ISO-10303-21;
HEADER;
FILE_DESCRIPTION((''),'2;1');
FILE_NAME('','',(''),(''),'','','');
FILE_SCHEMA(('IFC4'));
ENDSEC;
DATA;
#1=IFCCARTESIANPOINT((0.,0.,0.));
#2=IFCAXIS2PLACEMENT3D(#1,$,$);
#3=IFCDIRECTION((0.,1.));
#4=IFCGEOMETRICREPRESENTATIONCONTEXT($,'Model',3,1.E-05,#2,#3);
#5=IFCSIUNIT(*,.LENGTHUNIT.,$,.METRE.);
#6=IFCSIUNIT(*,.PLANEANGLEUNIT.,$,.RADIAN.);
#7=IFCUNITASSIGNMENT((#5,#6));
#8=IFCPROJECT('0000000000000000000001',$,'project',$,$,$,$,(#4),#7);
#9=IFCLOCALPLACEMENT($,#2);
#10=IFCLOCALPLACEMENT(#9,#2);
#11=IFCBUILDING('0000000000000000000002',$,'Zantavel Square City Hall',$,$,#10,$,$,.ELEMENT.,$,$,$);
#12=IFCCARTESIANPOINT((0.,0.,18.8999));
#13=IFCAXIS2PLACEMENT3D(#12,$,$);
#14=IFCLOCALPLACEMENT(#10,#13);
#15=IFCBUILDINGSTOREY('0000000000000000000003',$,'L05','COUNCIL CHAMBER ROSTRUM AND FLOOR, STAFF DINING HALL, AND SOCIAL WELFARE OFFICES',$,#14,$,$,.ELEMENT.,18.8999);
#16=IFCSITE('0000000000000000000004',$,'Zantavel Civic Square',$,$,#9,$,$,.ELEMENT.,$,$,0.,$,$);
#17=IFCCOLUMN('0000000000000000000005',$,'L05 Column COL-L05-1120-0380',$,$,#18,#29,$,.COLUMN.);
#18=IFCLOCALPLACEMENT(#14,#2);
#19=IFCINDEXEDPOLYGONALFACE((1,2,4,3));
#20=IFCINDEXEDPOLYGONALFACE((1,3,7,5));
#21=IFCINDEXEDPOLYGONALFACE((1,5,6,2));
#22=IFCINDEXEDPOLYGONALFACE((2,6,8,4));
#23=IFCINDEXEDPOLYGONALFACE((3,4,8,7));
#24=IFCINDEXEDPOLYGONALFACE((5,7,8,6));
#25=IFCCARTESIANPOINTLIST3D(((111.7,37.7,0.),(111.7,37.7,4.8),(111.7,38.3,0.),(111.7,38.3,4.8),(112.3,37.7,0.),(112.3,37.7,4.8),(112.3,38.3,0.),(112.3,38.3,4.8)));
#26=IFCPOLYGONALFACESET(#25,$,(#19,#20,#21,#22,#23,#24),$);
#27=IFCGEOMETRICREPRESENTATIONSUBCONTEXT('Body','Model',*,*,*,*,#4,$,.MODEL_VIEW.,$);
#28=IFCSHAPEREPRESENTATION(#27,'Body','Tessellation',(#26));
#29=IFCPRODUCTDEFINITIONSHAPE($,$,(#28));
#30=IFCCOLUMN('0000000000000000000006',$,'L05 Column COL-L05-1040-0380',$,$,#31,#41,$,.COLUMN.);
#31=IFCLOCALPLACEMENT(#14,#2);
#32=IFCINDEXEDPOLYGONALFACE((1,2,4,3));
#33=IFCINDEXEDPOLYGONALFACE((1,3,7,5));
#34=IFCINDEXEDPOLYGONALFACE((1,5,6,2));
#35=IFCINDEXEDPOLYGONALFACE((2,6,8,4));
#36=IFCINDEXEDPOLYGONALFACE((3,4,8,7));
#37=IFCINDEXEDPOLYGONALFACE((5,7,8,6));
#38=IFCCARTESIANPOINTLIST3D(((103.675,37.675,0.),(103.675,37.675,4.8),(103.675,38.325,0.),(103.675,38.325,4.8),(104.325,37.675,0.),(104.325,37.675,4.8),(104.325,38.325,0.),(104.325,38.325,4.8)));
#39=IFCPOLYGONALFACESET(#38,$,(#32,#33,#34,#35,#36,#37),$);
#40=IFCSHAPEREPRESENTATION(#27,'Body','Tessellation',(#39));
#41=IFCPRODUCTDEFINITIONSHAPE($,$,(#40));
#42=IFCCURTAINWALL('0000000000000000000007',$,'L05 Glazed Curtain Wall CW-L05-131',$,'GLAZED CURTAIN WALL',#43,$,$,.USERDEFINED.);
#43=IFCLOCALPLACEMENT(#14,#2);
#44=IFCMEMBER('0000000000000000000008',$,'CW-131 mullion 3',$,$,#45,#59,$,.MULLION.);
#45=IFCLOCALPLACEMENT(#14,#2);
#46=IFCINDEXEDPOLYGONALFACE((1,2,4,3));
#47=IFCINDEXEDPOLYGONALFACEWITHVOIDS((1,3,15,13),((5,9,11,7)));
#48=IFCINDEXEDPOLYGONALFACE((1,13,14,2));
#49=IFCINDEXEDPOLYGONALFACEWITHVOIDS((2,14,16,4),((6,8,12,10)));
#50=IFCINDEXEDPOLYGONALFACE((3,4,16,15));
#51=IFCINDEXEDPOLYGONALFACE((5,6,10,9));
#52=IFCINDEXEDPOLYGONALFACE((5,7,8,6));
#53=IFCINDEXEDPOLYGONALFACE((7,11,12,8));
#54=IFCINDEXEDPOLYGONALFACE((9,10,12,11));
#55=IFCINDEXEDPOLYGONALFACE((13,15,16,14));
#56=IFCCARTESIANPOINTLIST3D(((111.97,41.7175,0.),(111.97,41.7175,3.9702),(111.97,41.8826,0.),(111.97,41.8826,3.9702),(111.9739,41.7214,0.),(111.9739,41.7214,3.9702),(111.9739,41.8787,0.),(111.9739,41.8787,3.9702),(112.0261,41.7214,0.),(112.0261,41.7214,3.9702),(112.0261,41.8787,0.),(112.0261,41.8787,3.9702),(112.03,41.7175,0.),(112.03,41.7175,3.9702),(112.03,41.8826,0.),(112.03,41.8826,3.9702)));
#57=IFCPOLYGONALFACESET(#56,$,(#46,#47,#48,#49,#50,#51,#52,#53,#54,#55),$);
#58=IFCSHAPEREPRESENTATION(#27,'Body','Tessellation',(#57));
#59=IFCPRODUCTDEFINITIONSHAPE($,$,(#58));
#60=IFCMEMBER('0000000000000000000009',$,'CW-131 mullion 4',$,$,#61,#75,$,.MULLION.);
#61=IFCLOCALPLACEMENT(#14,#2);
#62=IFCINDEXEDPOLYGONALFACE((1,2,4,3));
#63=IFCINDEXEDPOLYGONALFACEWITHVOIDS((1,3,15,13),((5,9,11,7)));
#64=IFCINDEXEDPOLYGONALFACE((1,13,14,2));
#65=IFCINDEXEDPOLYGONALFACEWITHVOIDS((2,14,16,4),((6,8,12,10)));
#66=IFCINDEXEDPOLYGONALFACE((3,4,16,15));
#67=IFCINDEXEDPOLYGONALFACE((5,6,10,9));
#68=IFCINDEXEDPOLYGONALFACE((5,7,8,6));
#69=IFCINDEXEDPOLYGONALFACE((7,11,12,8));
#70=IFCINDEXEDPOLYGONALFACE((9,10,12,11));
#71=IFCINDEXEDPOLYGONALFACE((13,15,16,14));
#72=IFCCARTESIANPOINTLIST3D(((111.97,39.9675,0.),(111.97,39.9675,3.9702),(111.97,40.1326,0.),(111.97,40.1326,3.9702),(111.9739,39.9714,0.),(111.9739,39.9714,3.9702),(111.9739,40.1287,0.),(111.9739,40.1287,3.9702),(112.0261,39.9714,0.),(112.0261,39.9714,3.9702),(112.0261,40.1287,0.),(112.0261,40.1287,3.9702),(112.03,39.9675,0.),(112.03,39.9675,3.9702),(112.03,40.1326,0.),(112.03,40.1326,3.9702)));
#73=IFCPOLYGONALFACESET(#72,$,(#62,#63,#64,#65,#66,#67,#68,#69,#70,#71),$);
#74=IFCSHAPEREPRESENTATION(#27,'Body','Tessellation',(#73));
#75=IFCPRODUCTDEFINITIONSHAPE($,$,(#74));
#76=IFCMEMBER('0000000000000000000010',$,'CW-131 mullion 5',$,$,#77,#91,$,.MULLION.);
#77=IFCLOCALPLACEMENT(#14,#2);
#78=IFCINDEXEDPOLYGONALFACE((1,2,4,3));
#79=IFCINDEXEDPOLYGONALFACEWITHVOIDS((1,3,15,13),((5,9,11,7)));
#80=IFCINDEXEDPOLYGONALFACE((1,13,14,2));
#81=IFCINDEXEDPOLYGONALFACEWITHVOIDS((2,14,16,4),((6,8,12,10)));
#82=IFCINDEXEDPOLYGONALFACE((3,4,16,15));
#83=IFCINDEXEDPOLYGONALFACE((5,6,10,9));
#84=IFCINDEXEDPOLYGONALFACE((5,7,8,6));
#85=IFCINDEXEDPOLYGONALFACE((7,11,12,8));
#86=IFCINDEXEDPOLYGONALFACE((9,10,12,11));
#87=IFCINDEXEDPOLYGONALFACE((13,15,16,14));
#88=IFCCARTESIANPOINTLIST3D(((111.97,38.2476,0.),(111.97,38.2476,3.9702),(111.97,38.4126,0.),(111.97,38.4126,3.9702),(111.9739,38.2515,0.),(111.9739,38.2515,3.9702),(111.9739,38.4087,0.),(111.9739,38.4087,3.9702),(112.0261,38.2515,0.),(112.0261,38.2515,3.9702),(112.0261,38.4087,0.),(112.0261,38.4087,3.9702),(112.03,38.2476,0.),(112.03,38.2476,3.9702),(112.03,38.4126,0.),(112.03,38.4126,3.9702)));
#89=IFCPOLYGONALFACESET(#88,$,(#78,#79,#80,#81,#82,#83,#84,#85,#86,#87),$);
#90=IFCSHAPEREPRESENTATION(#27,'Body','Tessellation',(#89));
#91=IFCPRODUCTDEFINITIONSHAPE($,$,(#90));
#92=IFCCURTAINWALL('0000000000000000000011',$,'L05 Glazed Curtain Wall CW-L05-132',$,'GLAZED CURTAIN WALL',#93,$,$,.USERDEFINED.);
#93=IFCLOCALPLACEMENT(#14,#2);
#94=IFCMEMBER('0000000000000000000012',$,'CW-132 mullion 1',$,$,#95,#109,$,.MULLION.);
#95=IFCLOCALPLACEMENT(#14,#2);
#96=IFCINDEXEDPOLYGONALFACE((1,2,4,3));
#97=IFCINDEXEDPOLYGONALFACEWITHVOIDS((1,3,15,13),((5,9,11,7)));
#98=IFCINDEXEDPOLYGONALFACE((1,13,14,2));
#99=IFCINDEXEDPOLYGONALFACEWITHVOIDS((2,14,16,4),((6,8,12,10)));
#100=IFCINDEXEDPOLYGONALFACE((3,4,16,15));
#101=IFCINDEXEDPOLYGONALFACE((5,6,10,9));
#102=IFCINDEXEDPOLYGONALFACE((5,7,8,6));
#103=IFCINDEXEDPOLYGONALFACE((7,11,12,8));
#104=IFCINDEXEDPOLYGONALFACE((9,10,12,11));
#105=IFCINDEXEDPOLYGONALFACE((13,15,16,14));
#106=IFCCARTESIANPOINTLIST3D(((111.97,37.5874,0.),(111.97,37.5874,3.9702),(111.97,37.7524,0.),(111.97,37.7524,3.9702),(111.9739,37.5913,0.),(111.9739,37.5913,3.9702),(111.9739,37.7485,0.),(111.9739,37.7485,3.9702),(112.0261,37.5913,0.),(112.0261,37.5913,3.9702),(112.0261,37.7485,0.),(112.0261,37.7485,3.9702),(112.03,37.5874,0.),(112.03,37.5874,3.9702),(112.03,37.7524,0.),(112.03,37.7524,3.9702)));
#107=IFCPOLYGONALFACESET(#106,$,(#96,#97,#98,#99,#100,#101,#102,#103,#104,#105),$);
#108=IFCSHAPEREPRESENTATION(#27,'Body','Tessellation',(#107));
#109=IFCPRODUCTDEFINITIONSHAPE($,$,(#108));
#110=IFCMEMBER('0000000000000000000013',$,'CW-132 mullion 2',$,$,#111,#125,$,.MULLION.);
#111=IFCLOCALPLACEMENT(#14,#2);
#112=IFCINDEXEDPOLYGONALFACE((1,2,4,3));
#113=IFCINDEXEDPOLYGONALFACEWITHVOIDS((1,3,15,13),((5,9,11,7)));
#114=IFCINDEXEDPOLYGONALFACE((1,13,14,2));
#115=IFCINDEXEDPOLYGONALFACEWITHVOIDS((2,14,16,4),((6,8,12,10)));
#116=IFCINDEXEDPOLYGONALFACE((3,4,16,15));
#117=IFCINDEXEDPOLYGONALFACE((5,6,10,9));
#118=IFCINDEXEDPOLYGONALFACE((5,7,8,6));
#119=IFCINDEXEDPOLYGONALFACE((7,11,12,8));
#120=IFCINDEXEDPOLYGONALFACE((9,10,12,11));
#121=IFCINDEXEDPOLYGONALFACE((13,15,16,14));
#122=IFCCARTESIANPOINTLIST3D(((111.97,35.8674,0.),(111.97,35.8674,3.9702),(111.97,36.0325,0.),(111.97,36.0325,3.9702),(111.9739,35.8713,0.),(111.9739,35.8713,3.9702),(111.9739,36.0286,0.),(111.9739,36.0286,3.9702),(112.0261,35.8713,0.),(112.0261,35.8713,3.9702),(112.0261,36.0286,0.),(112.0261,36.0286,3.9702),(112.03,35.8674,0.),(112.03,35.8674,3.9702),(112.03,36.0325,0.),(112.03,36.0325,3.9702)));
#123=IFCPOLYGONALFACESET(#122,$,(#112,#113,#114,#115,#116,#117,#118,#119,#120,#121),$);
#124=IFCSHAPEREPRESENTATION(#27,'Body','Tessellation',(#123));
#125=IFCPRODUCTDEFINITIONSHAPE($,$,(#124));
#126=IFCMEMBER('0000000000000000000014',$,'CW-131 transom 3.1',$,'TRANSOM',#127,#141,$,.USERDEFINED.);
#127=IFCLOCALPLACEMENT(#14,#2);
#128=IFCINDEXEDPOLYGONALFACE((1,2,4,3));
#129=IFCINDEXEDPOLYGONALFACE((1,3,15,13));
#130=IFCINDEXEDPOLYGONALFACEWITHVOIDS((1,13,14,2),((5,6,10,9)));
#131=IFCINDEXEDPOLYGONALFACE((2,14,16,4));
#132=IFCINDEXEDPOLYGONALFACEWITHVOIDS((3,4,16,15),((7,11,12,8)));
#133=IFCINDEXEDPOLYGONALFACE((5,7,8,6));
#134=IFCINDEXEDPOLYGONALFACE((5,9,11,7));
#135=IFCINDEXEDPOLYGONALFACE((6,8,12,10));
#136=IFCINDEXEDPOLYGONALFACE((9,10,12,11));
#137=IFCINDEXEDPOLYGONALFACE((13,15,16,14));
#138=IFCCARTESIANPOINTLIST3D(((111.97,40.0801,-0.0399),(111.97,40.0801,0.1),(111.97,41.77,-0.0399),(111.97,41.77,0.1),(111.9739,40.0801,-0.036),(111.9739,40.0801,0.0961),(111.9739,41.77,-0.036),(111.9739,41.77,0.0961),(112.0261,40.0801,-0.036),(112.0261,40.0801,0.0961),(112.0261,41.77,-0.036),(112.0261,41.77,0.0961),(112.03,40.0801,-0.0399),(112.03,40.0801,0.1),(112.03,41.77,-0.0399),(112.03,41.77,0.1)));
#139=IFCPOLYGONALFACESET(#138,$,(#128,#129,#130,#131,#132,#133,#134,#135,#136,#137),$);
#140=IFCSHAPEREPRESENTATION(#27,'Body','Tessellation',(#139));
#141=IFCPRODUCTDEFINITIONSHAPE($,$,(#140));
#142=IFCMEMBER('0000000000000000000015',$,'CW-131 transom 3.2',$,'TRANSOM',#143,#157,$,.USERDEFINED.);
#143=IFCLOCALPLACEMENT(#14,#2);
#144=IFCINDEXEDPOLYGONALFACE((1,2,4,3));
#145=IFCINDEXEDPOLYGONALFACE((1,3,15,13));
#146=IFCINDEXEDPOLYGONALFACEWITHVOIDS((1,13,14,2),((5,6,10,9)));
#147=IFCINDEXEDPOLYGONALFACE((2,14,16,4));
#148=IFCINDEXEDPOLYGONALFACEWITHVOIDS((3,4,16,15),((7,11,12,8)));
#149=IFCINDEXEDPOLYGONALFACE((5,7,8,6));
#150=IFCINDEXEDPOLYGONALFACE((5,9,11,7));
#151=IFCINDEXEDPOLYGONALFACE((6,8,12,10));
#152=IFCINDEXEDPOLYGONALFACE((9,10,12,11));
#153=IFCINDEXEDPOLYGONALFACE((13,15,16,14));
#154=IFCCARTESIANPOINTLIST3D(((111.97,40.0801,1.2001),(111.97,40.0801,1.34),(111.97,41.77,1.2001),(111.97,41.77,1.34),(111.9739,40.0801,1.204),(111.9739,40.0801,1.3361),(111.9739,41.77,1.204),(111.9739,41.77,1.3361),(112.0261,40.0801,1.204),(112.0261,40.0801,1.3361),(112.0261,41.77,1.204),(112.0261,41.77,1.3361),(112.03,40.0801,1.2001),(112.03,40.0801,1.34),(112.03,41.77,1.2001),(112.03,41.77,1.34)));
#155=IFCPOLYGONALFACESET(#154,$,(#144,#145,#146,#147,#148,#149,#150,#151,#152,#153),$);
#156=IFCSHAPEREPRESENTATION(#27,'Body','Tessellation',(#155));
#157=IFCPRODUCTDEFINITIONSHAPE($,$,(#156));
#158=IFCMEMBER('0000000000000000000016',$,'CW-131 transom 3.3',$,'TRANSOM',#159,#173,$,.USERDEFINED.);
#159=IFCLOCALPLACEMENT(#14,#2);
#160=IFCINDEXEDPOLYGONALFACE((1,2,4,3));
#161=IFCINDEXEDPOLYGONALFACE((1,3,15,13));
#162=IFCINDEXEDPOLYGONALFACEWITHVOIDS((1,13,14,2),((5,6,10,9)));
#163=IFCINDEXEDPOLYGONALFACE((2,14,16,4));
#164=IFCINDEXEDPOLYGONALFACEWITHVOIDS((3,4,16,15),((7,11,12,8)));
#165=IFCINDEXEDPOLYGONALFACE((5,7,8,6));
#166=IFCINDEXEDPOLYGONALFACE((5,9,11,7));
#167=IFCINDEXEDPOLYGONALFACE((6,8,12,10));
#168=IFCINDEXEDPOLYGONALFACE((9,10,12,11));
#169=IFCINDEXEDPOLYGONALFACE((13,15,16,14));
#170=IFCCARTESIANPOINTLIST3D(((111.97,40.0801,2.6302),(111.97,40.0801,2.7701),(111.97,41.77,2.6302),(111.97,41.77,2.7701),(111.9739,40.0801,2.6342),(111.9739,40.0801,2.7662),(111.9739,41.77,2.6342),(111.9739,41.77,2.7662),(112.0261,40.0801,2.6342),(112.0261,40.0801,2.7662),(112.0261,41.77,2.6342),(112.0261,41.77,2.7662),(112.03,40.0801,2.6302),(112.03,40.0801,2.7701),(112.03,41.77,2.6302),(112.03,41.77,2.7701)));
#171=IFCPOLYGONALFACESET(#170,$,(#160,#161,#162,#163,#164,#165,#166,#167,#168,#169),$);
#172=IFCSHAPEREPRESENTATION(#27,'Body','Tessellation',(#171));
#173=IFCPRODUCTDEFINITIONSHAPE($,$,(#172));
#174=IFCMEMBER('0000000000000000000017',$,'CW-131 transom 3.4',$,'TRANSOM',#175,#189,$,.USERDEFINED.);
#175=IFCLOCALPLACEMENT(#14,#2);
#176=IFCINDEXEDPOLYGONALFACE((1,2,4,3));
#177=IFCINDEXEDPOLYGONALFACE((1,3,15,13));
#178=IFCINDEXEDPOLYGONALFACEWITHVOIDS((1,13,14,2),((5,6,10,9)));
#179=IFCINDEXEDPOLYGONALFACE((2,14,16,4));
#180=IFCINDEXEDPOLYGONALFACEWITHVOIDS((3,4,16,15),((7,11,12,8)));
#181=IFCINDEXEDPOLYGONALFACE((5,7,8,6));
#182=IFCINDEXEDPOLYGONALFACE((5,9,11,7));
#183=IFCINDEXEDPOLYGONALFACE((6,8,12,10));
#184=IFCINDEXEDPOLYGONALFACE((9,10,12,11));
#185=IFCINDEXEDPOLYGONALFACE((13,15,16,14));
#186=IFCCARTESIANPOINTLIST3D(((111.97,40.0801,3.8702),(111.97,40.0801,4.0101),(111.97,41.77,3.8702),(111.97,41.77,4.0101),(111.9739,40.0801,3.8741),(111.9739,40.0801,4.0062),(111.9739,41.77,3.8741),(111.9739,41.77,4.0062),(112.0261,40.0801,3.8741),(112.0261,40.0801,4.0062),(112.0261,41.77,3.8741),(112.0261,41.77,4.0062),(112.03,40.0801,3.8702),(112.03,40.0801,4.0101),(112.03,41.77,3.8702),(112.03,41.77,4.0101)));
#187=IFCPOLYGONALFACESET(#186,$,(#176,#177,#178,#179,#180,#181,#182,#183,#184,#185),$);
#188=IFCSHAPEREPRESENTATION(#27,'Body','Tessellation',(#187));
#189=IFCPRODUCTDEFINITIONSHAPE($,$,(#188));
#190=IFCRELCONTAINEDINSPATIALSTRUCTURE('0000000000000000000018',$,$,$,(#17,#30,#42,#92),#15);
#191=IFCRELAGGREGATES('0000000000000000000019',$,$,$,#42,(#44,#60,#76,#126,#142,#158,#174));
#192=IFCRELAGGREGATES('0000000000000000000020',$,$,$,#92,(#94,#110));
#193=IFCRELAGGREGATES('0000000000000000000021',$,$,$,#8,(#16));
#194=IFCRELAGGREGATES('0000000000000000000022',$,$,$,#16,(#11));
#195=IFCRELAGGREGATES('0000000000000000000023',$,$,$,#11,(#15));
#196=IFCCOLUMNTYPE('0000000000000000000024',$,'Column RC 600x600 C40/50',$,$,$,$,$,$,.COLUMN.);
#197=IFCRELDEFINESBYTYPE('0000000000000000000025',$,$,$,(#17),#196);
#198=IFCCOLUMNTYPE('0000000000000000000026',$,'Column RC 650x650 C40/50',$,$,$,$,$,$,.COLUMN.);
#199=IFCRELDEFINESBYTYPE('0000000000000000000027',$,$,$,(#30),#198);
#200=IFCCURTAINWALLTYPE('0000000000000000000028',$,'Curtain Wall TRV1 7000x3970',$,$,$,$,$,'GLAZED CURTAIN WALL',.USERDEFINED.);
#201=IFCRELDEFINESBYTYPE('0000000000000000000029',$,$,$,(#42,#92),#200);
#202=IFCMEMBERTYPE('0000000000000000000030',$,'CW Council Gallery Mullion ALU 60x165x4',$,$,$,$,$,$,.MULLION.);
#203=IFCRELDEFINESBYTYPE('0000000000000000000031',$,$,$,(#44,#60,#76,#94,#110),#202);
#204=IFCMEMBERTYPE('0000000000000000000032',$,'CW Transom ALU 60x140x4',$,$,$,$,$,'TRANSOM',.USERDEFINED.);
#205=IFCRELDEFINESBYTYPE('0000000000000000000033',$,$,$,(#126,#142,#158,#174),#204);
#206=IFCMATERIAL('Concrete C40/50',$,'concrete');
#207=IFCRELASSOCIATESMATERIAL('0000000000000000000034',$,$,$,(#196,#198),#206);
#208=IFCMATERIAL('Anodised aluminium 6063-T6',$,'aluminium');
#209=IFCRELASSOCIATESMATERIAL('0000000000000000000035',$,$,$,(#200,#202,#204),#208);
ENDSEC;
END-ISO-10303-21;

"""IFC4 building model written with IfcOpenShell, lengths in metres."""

from ifc_helpers import new_model, si_unit, direction, frame, origin, origin_2d, place, context, subcontext, project, spatial, rectangle, hollow_rectangle, extrude, material, material_profile, profile_set, type_object, element, aggregate, save


model = new_model("IFC4")

# Units and contexts
model_context = context("Model", 3, precision=1e-05, world=origin(), true_north=direction((0.0, 1.0)))
body_context = subcontext(model_context, "Body", "Model", "MODEL_VIEW")
ifc_project = project(units=[si_unit("LENGTHUNIT", "METRE"), si_unit("PLANEANGLEUNIT", "RADIAN")], contexts=[model_context])

# Site, building, storey
site_placement = place(None, origin())
site = spatial("IfcSite", under=ifc_project, at=site_placement, Name="Zantavel Civic Square", CompositionType="ELEMENT", RefElevation=0.0)
building_placement = place(site_placement, origin())
building = spatial("IfcBuilding", under=site, at=building_placement, Name="Zantavel Square City Hall", CompositionType="ELEMENT")
storey_placement = place(building_placement, frame((0.0, 0.0, 18.8999)))
storey = spatial("IfcBuildingStorey", under=building, at=storey_placement, Name="L05", Description="COUNCIL CHAMBER ROSTRUM AND FLOOR, STAFF DINING HALL, AND SOCIAL WELFARE OFFICES", CompositionType="ELEMENT", Elevation=18.8999)

# Columns
ifc_material_1 = material(Name="Concrete C40/50", Category="concrete")
ifc_material_profile_1 = material_profile(ifc_material_1, rectangle(XDim=0.6001, YDim=0.6001, at=origin_2d()), Name="RC 600x600")
ifc_profile_set_1 = profile_set([ifc_material_profile_1], Name="Concrete C40/50")
column_type_1 = type_object("IfcColumnType", Name="Column RC 600x600 C40/50", PredefinedType="COLUMN", material=ifc_profile_set_1)
column_1_placement = place(storey_placement, frame((112.0, 38.0, 0.0), z_axis=(0.0, 0.0, 1.0), x_axis=(1.0, 0.0, 0.0)))
element("IfcColumn", 1, at=column_1_placement, inside=storey, type_object=column_type_1, Name="L05 Column COL-L05-1120-0380", PredefinedType="COLUMN", context=body_context, shape_type="SweptSolid", body=[
    extrude(rectangle(XDim=0.6001, YDim=0.6001, at=origin_2d()), origin(), (0.0, 0.0, 1.0), 4.8),
])
ifc_material_profile_2 = material_profile(ifc_material_1, rectangle(XDim=0.6499, YDim=0.6499, at=origin_2d()), Name="RC 650x650")
ifc_profile_set_2 = profile_set([ifc_material_profile_2], Name="Concrete C40/50")
column_type_2 = type_object("IfcColumnType", Name="Column RC 650x650 C40/50", PredefinedType="COLUMN", material=ifc_profile_set_2)
column_2_placement = place(storey_placement, frame((104.0, 38.0, 0.0), z_axis=(0.0, 0.0, 1.0), x_axis=(1.0, 0.0, 0.0)))
element("IfcColumn", 2, at=column_2_placement, inside=storey, type_object=column_type_2, Name="L05 Column COL-L05-1040-0380", PredefinedType="COLUMN", context=body_context, shape_type="SweptSolid", body=[
    extrude(rectangle(XDim=0.6499, YDim=0.6499, at=origin_2d()), origin(), (0.0, 0.0, 1.0), 4.8),
])

# Curtain walls, members
ifc_material_2 = material(Name="Anodised aluminium 6063-T6", Category="aluminium")
curtain_wall_type = type_object("IfcCurtainWallType", Name="Curtain Wall TRV1 7000x3970", ElementType="GLAZED CURTAIN WALL", PredefinedType="USERDEFINED", material=ifc_material_2)
curtain_wall_1_placement = place(storey_placement, origin())
curtain_wall_1 = element("IfcCurtainWall", 3, at=curtain_wall_1_placement, inside=storey, type_object=curtain_wall_type, Name="L05 Glazed Curtain Wall CW-L05-131", ObjectType="GLAZED CURTAIN WALL", PredefinedType="USERDEFINED")
ifc_material_profile_3 = material_profile(ifc_material_2, hollow_rectangle(XDim=0.0601, YDim=0.165, WallThickness=0.0039, at=origin_2d()), Name="ALU 60x165x4")
ifc_profile_set_3 = profile_set([ifc_material_profile_3], Name="Anodised aluminium 6063-T6")
member_type_1 = type_object("IfcMemberType", Name="CW Council Gallery Mullion ALU 60x165x4", PredefinedType="MULLION", material=ifc_profile_set_3)
member_1_placement = place(storey_placement, frame((112.0, 41.8, 0.0), z_axis=(0.0, 0.0, 1.0), x_axis=(1.0, 0.0, 0.0)))
member_1 = element("IfcMember", 4, at=member_1_placement, type_object=member_type_1, Name="CW-131 mullion 3", PredefinedType="MULLION", context=body_context, shape_type="SweptSolid", body=[
    extrude(hollow_rectangle(XDim=0.0601, YDim=0.165, WallThickness=0.0039, at=origin_2d()), origin(), (0.0, 0.0, 1.0), 3.9702),
])
member_2_placement = place(storey_placement, frame((112.0, 40.05, 0.0), z_axis=(0.0, 0.0, 1.0), x_axis=(1.0, 0.0, 0.0)))
member_2 = element("IfcMember", 5, at=member_2_placement, type_object=member_type_1, Name="CW-131 mullion 4", PredefinedType="MULLION", context=body_context, shape_type="SweptSolid", body=[
    extrude(hollow_rectangle(XDim=0.0601, YDim=0.165, WallThickness=0.0039, at=origin_2d()), origin(), (0.0, 0.0, 1.0), 3.9702),
])
member_3_placement = place(storey_placement, frame((112.0, 38.3301, 0.0), z_axis=(0.0, 0.0, 1.0), x_axis=(1.0, 0.0, 0.0)))
member_3 = element("IfcMember", 6, at=member_3_placement, type_object=member_type_1, Name="CW-131 mullion 5", PredefinedType="MULLION", context=body_context, shape_type="SweptSolid", body=[
    extrude(hollow_rectangle(XDim=0.0601, YDim=0.165, WallThickness=0.0039, at=origin_2d()), origin(), (0.0, 0.0, 1.0), 3.9702),
])
curtain_wall_2_placement = place(storey_placement, origin())
curtain_wall_2 = element("IfcCurtainWall", 7, at=curtain_wall_2_placement, inside=storey, type_object=curtain_wall_type, Name="L05 Glazed Curtain Wall CW-L05-132", ObjectType="GLAZED CURTAIN WALL", PredefinedType="USERDEFINED")
member_4_placement = place(storey_placement, frame((112.0, 37.6699, 0.0), z_axis=(0.0, 0.0, 1.0), x_axis=(1.0, 0.0, 0.0)))
member_4 = element("IfcMember", 8, at=member_4_placement, type_object=member_type_1, Name="CW-132 mullion 1", PredefinedType="MULLION", context=body_context, shape_type="SweptSolid", body=[
    extrude(hollow_rectangle(XDim=0.0601, YDim=0.165, WallThickness=0.0039, at=origin_2d()), origin(), (0.0, 0.0, 1.0), 3.9702),
])
member_5_placement = place(storey_placement, frame((112.0, 35.95, 0.0), z_axis=(0.0, 0.0, 1.0), x_axis=(1.0, 0.0, 0.0)))
member_5 = element("IfcMember", 9, at=member_5_placement, type_object=member_type_1, Name="CW-132 mullion 2", PredefinedType="MULLION", context=body_context, shape_type="SweptSolid", body=[
    extrude(hollow_rectangle(XDim=0.0601, YDim=0.165, WallThickness=0.0039, at=origin_2d()), origin(), (0.0, 0.0, 1.0), 3.9702),
])

# Members
ifc_material_profile_4 = material_profile(ifc_material_2, hollow_rectangle(XDim=0.0601, YDim=0.1399, WallThickness=0.0039, at=origin_2d()), Name="ALU 60x140x4")
ifc_profile_set_4 = profile_set([ifc_material_profile_4], Name="Anodised aluminium 6063-T6")
member_type_2 = type_object("IfcMemberType", Name="CW Transom ALU 60x140x4", ElementType="TRANSOM", PredefinedType="USERDEFINED", material=ifc_profile_set_4)
member_6_placement = place(storey_placement, frame((112.0, 41.77, 0.03), z_axis=(0.0, -1.0, 0.0), x_axis=(1.0, 0.0, 0.0)))
member_6 = element("IfcMember", 10, at=member_6_placement, type_object=member_type_2, Name="CW-131 transom 3.1", ObjectType="TRANSOM", PredefinedType="USERDEFINED", context=body_context, shape_type="SweptSolid", body=[
    extrude(hollow_rectangle(XDim=0.0601, YDim=0.1399, WallThickness=0.0039, at=origin_2d()), origin(), (0.0, 0.0, 1.0), 1.6899),
])
member_7_placement = place(storey_placement, frame((112.0, 41.77, 1.27), z_axis=(0.0, -1.0, 0.0), x_axis=(1.0, 0.0, 0.0)))
member_7 = element("IfcMember", 11, at=member_7_placement, type_object=member_type_2, Name="CW-131 transom 3.2", ObjectType="TRANSOM", PredefinedType="USERDEFINED", context=body_context, shape_type="SweptSolid", body=[
    extrude(hollow_rectangle(XDim=0.0601, YDim=0.1399, WallThickness=0.0039, at=origin_2d()), origin(), (0.0, 0.0, 1.0), 1.6899),
])
member_8_placement = place(storey_placement, frame((112.0, 41.77, 2.7002), z_axis=(0.0, -1.0, 0.0), x_axis=(1.0, 0.0, 0.0)))
member_8 = element("IfcMember", 12, at=member_8_placement, type_object=member_type_2, Name="CW-131 transom 3.3", ObjectType="TRANSOM", PredefinedType="USERDEFINED", context=body_context, shape_type="SweptSolid", body=[
    extrude(hollow_rectangle(XDim=0.0601, YDim=0.1399, WallThickness=0.0039, at=origin_2d()), origin(), (0.0, 0.0, 1.0), 1.6899),
])
member_9_placement = place(storey_placement, frame((112.0, 41.77, 3.9402), z_axis=(0.0, -1.0, 0.0), x_axis=(1.0, 0.0, 0.0)))
member_9 = element("IfcMember", 13, at=member_9_placement, type_object=member_type_2, Name="CW-131 transom 3.4", ObjectType="TRANSOM", PredefinedType="USERDEFINED", context=body_context, shape_type="SweptSolid", body=[
    extrude(hollow_rectangle(XDim=0.0601, YDim=0.1399, WallThickness=0.0039, at=origin_2d()), origin(), (0.0, 0.0, 1.0), 1.6899),
])

aggregate(curtain_wall_1, [member_1, member_2, member_3, member_6, member_7, member_8, member_9])
aggregate(curtain_wall_2, [member_4, member_5])

save(model, "model.ifc")
